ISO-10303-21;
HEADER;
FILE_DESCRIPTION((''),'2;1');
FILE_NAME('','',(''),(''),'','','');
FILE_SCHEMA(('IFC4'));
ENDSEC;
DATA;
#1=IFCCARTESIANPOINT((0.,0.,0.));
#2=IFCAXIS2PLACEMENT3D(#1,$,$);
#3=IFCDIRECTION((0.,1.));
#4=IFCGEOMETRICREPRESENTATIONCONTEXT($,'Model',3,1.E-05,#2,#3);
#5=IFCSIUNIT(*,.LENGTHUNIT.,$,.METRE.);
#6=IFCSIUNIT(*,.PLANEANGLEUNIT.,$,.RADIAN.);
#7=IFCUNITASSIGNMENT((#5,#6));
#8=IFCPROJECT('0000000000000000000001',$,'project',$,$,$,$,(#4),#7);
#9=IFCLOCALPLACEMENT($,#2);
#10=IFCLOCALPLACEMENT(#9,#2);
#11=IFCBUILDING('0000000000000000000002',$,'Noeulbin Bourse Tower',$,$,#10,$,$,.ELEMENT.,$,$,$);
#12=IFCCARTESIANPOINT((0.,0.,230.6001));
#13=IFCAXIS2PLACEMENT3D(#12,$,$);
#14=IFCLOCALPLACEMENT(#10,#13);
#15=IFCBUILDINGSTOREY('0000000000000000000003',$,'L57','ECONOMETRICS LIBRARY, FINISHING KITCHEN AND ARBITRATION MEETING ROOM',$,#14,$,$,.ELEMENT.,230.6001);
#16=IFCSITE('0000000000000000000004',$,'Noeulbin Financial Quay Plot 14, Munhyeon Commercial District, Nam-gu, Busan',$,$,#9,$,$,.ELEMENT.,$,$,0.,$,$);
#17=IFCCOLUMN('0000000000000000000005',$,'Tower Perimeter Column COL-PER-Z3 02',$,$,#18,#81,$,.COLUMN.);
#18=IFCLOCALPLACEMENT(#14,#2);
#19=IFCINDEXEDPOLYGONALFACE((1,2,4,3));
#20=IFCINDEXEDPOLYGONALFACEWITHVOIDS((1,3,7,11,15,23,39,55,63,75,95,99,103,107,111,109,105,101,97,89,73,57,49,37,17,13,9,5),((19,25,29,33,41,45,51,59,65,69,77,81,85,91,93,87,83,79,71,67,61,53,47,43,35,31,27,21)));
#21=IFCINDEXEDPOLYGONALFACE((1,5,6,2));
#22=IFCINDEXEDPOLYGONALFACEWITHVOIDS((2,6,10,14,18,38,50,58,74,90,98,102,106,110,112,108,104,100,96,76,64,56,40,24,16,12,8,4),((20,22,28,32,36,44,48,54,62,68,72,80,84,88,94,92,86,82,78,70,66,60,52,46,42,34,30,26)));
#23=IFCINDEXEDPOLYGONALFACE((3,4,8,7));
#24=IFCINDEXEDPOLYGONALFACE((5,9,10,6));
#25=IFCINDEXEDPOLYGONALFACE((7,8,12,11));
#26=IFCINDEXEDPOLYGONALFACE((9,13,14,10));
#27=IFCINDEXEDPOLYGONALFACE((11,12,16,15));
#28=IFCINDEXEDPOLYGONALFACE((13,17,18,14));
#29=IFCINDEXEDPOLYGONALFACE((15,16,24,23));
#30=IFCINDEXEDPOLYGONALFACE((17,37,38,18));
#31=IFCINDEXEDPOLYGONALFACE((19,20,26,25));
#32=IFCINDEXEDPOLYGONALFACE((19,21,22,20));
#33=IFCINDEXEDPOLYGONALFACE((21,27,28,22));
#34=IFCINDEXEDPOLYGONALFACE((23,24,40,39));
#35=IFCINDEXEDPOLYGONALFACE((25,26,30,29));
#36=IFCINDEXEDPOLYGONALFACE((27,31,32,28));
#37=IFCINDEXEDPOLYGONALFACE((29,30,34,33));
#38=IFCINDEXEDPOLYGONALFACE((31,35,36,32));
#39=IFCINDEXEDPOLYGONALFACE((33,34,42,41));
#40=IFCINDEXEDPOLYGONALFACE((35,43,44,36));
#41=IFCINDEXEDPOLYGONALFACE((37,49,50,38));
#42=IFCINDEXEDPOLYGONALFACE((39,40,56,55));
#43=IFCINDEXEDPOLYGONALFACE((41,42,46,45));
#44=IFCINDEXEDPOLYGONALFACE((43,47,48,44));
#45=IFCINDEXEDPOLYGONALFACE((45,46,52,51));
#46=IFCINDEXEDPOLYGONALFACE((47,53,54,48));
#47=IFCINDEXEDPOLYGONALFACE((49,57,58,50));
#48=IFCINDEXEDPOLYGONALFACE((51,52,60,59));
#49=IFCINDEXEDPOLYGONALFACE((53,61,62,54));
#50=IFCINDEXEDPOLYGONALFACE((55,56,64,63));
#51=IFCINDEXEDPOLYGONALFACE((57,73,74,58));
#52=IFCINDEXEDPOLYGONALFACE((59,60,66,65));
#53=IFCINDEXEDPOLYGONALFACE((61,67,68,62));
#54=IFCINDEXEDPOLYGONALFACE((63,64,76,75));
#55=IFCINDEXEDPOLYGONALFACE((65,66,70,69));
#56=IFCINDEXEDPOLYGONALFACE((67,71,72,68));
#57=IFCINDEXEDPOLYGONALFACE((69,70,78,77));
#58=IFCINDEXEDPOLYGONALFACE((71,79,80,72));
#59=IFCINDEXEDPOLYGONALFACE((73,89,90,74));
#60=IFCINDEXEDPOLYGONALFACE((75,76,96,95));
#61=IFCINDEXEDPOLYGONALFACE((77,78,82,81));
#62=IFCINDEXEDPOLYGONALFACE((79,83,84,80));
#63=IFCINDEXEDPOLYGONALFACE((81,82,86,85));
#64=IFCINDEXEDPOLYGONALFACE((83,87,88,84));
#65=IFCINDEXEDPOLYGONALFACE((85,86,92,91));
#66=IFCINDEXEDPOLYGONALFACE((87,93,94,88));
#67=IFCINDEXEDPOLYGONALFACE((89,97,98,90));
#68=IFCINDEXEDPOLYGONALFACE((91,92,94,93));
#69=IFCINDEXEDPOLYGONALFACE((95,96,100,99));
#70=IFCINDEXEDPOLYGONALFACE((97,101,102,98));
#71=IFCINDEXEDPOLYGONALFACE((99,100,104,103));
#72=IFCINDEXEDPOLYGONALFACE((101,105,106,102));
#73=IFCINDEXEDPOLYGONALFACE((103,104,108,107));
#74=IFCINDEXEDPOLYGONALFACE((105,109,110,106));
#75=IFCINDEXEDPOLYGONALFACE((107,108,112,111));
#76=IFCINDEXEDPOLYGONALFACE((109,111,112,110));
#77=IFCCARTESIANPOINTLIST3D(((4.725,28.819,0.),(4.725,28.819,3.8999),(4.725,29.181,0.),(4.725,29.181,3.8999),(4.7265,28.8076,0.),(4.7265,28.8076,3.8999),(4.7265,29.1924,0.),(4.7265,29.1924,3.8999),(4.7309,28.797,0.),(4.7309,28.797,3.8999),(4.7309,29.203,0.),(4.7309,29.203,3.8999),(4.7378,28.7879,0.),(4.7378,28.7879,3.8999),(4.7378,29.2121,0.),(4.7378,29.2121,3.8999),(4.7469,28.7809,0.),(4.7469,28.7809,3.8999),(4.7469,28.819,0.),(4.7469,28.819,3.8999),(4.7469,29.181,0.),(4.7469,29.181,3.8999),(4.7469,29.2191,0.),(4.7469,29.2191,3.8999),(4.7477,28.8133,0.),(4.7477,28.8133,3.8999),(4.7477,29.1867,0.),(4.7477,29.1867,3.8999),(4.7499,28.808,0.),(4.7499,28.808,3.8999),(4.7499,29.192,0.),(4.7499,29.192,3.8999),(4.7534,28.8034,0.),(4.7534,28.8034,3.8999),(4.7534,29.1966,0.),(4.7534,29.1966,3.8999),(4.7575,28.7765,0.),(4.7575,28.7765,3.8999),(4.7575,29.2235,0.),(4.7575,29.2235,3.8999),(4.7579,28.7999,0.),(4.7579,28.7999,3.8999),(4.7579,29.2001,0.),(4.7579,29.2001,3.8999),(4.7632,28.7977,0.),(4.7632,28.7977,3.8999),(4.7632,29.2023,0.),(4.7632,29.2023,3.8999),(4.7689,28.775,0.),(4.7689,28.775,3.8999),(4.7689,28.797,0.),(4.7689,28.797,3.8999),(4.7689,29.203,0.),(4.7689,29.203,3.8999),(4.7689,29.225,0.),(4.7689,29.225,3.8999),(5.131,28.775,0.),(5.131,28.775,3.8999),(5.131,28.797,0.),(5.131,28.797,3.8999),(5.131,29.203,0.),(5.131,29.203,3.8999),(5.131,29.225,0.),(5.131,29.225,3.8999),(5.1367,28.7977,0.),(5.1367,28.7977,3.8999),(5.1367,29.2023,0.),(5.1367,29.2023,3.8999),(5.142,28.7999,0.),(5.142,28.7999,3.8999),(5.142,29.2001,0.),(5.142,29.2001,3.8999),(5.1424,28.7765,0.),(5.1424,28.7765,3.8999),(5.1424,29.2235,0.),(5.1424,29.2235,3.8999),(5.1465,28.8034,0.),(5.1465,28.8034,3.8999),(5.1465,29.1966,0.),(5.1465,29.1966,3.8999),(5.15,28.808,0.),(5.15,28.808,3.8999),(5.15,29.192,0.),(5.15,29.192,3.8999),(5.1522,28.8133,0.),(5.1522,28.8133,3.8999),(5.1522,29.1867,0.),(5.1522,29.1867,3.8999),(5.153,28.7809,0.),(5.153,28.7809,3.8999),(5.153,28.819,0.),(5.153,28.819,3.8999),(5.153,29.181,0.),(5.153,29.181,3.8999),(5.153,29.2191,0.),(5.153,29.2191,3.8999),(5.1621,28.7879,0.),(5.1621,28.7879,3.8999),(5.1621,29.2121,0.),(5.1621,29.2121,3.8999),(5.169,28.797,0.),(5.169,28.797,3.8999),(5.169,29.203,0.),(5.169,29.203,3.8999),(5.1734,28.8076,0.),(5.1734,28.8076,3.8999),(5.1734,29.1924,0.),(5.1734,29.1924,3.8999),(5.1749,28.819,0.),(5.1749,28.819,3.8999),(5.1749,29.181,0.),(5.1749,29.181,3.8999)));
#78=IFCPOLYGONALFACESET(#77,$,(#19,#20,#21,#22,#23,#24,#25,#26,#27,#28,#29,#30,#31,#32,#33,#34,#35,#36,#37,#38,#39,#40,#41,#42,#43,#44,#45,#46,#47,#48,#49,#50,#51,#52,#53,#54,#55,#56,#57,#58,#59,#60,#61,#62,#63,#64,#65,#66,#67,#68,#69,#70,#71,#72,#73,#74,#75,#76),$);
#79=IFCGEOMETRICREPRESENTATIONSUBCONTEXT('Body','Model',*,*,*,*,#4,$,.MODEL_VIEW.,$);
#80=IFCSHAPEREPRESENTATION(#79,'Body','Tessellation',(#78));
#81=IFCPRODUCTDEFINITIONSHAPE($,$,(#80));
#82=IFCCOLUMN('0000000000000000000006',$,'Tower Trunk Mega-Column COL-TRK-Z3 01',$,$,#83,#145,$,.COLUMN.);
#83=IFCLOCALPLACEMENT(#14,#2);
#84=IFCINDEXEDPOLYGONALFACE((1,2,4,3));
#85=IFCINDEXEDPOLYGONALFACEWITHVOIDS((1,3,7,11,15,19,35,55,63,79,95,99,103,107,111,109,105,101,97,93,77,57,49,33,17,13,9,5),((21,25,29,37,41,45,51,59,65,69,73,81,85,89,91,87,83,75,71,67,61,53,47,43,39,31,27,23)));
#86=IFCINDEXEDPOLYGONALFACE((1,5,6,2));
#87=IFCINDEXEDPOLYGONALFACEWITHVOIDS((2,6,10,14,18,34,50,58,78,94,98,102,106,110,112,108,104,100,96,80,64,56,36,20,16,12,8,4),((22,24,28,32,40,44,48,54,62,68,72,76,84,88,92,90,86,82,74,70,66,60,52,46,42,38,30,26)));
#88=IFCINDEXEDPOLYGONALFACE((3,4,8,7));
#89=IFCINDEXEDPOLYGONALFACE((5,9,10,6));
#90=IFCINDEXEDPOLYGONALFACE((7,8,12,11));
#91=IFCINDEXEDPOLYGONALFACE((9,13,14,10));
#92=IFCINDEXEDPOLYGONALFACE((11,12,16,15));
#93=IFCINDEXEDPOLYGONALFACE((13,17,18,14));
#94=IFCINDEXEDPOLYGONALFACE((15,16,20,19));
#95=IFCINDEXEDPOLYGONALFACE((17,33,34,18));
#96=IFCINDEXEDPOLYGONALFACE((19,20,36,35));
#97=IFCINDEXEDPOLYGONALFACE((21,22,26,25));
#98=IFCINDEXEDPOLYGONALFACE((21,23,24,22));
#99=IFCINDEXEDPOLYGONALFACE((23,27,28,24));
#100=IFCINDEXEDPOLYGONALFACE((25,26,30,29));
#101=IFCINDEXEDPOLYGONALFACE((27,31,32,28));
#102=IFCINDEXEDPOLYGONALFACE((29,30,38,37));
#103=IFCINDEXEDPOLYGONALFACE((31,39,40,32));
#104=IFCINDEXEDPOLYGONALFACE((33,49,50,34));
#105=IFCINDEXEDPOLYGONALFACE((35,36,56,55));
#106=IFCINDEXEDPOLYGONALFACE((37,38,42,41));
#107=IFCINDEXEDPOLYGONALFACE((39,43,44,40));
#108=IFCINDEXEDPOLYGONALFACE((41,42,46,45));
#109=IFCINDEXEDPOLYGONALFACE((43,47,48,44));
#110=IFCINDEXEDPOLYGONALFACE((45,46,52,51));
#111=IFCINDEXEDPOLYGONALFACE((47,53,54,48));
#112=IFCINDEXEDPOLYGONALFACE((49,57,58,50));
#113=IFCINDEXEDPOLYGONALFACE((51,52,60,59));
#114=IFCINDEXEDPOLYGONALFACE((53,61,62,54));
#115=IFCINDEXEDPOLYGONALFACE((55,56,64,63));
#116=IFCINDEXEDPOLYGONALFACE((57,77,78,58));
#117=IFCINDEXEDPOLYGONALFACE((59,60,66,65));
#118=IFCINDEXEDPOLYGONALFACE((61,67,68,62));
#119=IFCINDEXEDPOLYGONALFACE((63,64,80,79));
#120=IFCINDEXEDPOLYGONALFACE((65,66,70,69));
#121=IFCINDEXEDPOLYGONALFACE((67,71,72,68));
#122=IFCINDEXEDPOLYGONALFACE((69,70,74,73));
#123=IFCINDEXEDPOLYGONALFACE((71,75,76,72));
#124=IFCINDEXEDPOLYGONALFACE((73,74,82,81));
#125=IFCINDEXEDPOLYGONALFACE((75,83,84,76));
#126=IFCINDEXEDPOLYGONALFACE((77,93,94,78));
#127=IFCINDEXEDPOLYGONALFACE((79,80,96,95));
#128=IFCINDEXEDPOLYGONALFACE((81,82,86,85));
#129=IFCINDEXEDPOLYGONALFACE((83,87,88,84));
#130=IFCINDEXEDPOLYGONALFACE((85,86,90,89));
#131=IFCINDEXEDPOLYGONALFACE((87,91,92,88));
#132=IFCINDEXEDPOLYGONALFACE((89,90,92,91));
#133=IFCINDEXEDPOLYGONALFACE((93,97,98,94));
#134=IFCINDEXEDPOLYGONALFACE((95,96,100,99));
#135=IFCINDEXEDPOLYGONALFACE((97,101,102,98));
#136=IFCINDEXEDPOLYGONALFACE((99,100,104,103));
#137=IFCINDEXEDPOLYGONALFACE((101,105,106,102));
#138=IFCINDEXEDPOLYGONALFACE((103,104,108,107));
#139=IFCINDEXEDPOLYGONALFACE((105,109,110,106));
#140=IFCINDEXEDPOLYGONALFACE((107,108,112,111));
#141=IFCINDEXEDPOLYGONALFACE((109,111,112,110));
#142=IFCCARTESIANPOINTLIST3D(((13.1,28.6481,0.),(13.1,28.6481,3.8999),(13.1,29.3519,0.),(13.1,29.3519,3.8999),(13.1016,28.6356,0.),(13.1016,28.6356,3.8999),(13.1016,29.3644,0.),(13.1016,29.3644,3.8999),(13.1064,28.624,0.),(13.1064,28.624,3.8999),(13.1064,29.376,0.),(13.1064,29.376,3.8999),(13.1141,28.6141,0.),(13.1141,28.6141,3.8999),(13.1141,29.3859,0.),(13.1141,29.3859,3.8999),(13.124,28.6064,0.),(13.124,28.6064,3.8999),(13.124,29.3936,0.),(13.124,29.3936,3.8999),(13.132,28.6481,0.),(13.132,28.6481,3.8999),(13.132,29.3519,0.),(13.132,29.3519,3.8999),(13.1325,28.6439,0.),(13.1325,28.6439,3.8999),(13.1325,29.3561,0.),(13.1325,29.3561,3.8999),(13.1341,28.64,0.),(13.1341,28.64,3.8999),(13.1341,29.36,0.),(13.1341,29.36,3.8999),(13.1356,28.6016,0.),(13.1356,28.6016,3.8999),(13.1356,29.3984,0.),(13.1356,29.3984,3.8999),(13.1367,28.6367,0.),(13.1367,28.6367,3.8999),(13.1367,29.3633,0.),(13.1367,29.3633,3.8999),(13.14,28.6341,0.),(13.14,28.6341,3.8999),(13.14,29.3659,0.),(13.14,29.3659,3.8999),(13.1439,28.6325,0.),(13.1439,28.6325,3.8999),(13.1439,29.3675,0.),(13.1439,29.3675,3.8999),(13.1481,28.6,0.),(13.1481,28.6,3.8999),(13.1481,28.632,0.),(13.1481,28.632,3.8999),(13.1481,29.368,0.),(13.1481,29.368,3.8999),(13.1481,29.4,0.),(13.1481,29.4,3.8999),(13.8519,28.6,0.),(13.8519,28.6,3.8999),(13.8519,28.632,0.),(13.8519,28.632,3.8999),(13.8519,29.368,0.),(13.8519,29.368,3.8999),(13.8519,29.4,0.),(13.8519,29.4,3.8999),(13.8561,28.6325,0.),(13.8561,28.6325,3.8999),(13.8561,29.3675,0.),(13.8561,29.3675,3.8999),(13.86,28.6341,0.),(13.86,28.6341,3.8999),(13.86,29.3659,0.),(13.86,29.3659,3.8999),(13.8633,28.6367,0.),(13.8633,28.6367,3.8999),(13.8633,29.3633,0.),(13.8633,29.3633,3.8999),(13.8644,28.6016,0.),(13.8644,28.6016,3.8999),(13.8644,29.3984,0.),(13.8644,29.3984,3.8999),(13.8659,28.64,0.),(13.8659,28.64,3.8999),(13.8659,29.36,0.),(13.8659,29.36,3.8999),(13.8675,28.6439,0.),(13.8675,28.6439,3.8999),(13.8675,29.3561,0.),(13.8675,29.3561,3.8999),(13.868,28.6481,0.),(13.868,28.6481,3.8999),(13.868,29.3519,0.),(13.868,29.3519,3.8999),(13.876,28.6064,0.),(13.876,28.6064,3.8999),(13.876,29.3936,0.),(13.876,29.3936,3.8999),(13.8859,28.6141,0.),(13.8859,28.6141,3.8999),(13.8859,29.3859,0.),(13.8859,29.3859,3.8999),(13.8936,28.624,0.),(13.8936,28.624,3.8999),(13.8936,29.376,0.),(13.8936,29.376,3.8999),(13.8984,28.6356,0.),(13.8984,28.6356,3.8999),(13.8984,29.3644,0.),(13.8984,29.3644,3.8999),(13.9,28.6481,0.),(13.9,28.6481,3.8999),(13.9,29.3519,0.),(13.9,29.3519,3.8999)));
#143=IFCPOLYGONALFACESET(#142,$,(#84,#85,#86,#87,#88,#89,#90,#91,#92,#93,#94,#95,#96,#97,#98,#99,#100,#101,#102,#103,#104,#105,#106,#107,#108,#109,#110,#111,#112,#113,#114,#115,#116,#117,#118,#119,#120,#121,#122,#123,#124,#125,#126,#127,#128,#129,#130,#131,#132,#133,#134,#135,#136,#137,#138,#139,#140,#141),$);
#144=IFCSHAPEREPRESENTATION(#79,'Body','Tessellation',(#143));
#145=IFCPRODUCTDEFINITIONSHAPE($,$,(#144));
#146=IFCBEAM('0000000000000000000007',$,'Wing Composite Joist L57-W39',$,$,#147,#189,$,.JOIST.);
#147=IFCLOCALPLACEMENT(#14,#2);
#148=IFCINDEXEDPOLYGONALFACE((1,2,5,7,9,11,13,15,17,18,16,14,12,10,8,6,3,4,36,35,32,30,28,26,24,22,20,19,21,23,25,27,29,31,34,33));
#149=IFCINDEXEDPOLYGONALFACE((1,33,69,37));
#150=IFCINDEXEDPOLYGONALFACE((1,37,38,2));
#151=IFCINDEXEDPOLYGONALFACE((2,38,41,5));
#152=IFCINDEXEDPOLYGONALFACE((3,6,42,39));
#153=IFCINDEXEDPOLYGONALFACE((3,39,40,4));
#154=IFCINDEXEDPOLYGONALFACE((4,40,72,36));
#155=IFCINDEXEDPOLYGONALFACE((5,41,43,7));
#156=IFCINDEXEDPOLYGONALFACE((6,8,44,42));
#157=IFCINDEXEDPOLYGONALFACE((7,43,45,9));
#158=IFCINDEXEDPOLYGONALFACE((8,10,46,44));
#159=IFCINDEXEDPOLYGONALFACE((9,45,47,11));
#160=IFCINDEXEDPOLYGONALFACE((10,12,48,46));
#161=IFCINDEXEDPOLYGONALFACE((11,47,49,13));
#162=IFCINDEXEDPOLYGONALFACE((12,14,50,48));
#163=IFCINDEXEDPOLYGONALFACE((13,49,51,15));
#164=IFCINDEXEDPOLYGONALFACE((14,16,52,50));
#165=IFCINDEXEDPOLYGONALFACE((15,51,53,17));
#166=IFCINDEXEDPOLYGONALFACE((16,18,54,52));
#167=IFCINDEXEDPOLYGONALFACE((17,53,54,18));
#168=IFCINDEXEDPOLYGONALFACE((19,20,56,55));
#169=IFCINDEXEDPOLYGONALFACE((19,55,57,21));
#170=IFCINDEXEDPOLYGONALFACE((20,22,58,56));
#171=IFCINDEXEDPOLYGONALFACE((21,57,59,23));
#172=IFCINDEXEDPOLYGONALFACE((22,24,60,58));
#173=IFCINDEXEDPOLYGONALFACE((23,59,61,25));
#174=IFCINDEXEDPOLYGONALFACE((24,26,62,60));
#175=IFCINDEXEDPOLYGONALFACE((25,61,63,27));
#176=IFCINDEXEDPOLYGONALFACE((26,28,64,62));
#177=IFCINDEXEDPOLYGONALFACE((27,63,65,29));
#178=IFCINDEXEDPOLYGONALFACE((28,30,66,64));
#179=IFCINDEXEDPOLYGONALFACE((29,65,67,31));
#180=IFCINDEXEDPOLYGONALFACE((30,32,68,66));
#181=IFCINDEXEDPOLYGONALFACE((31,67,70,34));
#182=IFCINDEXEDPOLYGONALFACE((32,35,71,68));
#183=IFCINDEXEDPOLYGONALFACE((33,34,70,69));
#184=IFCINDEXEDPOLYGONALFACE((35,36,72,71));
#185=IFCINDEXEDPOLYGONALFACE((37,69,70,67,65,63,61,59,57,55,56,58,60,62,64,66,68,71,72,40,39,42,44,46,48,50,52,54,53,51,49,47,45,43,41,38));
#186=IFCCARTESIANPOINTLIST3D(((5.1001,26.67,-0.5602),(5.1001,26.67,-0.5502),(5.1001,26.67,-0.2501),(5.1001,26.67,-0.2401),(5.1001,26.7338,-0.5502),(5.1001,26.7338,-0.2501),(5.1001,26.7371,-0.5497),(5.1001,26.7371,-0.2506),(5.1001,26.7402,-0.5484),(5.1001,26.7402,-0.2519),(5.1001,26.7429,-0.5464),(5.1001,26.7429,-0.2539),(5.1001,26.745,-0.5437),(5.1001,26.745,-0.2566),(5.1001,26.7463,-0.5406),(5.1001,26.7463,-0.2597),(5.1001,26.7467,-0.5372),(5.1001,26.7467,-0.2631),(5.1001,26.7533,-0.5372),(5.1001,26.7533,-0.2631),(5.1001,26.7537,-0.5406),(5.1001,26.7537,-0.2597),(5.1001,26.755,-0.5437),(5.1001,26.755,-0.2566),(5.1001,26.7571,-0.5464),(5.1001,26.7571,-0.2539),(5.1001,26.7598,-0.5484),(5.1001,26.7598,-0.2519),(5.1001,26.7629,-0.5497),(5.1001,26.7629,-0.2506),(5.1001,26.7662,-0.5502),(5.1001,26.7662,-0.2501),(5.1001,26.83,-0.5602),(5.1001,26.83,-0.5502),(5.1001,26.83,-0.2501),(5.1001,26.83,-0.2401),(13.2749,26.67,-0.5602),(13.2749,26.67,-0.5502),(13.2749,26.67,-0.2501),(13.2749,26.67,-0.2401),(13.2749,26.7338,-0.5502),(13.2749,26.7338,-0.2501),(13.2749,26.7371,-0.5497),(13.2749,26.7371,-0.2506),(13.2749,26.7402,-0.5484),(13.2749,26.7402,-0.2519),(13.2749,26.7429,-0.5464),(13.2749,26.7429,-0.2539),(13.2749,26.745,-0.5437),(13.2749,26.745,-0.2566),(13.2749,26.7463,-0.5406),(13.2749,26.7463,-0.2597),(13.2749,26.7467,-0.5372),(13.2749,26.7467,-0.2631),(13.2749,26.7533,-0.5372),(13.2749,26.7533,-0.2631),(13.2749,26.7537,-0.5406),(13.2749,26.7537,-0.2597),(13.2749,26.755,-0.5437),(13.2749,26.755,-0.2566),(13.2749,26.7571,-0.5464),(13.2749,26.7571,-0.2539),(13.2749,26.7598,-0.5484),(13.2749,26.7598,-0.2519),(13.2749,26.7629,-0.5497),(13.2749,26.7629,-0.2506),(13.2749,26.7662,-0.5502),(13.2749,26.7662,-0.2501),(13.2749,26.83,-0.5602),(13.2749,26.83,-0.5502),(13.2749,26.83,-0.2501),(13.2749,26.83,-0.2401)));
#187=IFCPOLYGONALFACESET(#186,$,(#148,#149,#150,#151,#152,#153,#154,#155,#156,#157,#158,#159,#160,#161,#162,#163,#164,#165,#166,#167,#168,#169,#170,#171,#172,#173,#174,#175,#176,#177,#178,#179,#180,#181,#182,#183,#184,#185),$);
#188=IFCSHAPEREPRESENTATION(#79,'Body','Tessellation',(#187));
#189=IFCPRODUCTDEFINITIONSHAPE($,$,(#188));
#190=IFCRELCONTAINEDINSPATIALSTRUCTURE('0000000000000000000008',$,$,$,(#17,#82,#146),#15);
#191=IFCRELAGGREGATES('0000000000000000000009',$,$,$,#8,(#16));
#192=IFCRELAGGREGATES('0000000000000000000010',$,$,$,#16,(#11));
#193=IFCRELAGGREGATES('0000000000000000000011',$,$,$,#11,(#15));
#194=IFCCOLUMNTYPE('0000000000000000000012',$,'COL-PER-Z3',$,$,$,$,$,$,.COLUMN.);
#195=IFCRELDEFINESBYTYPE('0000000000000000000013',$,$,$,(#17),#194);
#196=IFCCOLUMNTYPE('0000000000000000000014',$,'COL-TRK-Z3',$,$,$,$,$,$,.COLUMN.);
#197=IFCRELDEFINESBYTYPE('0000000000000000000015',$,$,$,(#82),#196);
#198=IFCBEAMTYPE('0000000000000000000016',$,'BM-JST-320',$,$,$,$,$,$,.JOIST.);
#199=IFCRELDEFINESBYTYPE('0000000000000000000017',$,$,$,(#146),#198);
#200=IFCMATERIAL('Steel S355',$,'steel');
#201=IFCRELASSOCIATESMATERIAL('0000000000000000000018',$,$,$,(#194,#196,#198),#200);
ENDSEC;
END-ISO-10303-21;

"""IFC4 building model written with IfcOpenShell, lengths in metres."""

from ifc_helpers import new_model, si_unit, direction, frame, origin, origin_2d, place, context, subcontext, project, spatial, hollow_rectangle, i_section, extrude, material, material_profile, profile_set, type_object, element, save


model = new_model("IFC4")

# Units and contexts
model_context = context("Model", 3, precision=1e-05, world=origin(), true_north=direction((0.0, 1.0)))
body_context = subcontext(model_context, "Body", "Model", "MODEL_VIEW")
ifc_project = project(units=[si_unit("LENGTHUNIT", "METRE"), si_unit("PLANEANGLEUNIT", "RADIAN")], contexts=[model_context])

# Site, building, storey
site_placement = place(None, origin())
site = spatial("IfcSite", under=ifc_project, at=site_placement, Name="Noeulbin Financial Quay Plot 14, Munhyeon Commercial District, Nam-gu, Busan", CompositionType="ELEMENT", RefElevation=0.0)
building_placement = place(site_placement, origin())
building = spatial("IfcBuilding", under=site, at=building_placement, Name="Noeulbin Bourse Tower", CompositionType="ELEMENT")
storey_placement = place(building_placement, frame((0.0, 0.0, 230.6001)))
storey = spatial("IfcBuildingStorey", under=building, at=storey_placement, Name="L57", Description="ECONOMETRICS LIBRARY, FINISHING KITCHEN AND ARBITRATION MEETING ROOM", CompositionType="ELEMENT", Elevation=230.6001)

# Columns
ifc_material_1 = material(Name="Steel S355", Category="steel")
ifc_material_profile_1 = material_profile(ifc_material_1, hollow_rectangle(XDim=0.45, YDim=0.45, WallThickness=0.022, InnerFilletRadius=0.022, OuterFilletRadius=0.0439, at=origin_2d()), Name="SHS-450x450x22", Category="LoadBearing")
ifc_profile_set_1 = profile_set([ifc_material_profile_1], Name="Steel S355")
column_type_1 = type_object("IfcColumnType", Name="COL-PER-Z3", PredefinedType="COLUMN", material=ifc_profile_set_1)
column_1_placement = place(storey_placement, frame((4.95, 29.0, 0.0), z_axis=(0.0, 0.0, 1.0), x_axis=(1.0, 0.0, 0.0)))
element("IfcColumn", 1, at=column_1_placement, inside=storey, type_object=column_type_1, Name="Tower Perimeter Column COL-PER-Z3 02", PredefinedType="COLUMN", context=body_context, shape_type="SweptSolid", body=[
    extrude(hollow_rectangle(XDim=0.45, YDim=0.45, WallThickness=0.022, InnerFilletRadius=0.022, OuterFilletRadius=0.0439, at=origin_2d()), origin(), (0.0, 0.0, 1.0), 3.8999),
])
ifc_material_profile_2 = material_profile(ifc_material_1, hollow_rectangle(XDim=0.8, YDim=0.8, WallThickness=0.032, InnerFilletRadius=0.0161, OuterFilletRadius=0.0481, at=origin_2d()), Name="BOX-800x800x32", Category="LoadBearing")
ifc_profile_set_2 = profile_set([ifc_material_profile_2], Name="Steel S355")
column_type_2 = type_object("IfcColumnType", Name="COL-TRK-Z3", PredefinedType="COLUMN", material=ifc_profile_set_2)
column_2_placement = place(storey_placement, frame((13.5, 29.0, 0.0), z_axis=(0.0, 0.0, 1.0), x_axis=(1.0, 0.0, 0.0)))
element("IfcColumn", 2, at=column_2_placement, inside=storey, type_object=column_type_2, Name="Tower Trunk Mega-Column COL-TRK-Z3 01", PredefinedType="COLUMN", context=body_context, shape_type="SweptSolid", body=[
    extrude(hollow_rectangle(XDim=0.8, YDim=0.8, WallThickness=0.032, InnerFilletRadius=0.0161, OuterFilletRadius=0.0481, at=origin_2d()), origin(), (0.0, 0.0, 1.0), 3.8999),
])

# Beam
ifc_material_profile_3 = material_profile(ifc_material_1, i_section(OverallWidth=0.1599, OverallDepth=0.3201, WebThickness=0.0066, FlangeThickness=0.01, FilletRadius=0.0129, at=origin_2d()), Name="H-320x160x6.5x10", Category="LoadBearing")
ifc_profile_set_3 = profile_set([ifc_material_profile_3], Name="Steel S355")
beam_type_1 = type_object("IfcBeamType", Name="BM-JST-320", PredefinedType="JOIST", material=ifc_profile_set_3)
beam_1_placement = place(storey_placement, frame((5.1001, 26.75, -0.4001), z_axis=(1.0, 0.0, 0.0), x_axis=(0.0, 1.0, 0.0)))
element("IfcBeam", 3, at=beam_1_placement, inside=storey, type_object=beam_type_1, Name="Wing Composite Joist L57-W39", PredefinedType="JOIST", context=body_context, shape_type="SweptSolid", body=[
    extrude(i_section(OverallWidth=0.1599, OverallDepth=0.3201, WebThickness=0.0066, FlangeThickness=0.01, FilletRadius=0.0129, at=origin_2d()), origin(), (0.0, 0.0, 1.0), 8.1748),
])

save(model, "model.ifc")
